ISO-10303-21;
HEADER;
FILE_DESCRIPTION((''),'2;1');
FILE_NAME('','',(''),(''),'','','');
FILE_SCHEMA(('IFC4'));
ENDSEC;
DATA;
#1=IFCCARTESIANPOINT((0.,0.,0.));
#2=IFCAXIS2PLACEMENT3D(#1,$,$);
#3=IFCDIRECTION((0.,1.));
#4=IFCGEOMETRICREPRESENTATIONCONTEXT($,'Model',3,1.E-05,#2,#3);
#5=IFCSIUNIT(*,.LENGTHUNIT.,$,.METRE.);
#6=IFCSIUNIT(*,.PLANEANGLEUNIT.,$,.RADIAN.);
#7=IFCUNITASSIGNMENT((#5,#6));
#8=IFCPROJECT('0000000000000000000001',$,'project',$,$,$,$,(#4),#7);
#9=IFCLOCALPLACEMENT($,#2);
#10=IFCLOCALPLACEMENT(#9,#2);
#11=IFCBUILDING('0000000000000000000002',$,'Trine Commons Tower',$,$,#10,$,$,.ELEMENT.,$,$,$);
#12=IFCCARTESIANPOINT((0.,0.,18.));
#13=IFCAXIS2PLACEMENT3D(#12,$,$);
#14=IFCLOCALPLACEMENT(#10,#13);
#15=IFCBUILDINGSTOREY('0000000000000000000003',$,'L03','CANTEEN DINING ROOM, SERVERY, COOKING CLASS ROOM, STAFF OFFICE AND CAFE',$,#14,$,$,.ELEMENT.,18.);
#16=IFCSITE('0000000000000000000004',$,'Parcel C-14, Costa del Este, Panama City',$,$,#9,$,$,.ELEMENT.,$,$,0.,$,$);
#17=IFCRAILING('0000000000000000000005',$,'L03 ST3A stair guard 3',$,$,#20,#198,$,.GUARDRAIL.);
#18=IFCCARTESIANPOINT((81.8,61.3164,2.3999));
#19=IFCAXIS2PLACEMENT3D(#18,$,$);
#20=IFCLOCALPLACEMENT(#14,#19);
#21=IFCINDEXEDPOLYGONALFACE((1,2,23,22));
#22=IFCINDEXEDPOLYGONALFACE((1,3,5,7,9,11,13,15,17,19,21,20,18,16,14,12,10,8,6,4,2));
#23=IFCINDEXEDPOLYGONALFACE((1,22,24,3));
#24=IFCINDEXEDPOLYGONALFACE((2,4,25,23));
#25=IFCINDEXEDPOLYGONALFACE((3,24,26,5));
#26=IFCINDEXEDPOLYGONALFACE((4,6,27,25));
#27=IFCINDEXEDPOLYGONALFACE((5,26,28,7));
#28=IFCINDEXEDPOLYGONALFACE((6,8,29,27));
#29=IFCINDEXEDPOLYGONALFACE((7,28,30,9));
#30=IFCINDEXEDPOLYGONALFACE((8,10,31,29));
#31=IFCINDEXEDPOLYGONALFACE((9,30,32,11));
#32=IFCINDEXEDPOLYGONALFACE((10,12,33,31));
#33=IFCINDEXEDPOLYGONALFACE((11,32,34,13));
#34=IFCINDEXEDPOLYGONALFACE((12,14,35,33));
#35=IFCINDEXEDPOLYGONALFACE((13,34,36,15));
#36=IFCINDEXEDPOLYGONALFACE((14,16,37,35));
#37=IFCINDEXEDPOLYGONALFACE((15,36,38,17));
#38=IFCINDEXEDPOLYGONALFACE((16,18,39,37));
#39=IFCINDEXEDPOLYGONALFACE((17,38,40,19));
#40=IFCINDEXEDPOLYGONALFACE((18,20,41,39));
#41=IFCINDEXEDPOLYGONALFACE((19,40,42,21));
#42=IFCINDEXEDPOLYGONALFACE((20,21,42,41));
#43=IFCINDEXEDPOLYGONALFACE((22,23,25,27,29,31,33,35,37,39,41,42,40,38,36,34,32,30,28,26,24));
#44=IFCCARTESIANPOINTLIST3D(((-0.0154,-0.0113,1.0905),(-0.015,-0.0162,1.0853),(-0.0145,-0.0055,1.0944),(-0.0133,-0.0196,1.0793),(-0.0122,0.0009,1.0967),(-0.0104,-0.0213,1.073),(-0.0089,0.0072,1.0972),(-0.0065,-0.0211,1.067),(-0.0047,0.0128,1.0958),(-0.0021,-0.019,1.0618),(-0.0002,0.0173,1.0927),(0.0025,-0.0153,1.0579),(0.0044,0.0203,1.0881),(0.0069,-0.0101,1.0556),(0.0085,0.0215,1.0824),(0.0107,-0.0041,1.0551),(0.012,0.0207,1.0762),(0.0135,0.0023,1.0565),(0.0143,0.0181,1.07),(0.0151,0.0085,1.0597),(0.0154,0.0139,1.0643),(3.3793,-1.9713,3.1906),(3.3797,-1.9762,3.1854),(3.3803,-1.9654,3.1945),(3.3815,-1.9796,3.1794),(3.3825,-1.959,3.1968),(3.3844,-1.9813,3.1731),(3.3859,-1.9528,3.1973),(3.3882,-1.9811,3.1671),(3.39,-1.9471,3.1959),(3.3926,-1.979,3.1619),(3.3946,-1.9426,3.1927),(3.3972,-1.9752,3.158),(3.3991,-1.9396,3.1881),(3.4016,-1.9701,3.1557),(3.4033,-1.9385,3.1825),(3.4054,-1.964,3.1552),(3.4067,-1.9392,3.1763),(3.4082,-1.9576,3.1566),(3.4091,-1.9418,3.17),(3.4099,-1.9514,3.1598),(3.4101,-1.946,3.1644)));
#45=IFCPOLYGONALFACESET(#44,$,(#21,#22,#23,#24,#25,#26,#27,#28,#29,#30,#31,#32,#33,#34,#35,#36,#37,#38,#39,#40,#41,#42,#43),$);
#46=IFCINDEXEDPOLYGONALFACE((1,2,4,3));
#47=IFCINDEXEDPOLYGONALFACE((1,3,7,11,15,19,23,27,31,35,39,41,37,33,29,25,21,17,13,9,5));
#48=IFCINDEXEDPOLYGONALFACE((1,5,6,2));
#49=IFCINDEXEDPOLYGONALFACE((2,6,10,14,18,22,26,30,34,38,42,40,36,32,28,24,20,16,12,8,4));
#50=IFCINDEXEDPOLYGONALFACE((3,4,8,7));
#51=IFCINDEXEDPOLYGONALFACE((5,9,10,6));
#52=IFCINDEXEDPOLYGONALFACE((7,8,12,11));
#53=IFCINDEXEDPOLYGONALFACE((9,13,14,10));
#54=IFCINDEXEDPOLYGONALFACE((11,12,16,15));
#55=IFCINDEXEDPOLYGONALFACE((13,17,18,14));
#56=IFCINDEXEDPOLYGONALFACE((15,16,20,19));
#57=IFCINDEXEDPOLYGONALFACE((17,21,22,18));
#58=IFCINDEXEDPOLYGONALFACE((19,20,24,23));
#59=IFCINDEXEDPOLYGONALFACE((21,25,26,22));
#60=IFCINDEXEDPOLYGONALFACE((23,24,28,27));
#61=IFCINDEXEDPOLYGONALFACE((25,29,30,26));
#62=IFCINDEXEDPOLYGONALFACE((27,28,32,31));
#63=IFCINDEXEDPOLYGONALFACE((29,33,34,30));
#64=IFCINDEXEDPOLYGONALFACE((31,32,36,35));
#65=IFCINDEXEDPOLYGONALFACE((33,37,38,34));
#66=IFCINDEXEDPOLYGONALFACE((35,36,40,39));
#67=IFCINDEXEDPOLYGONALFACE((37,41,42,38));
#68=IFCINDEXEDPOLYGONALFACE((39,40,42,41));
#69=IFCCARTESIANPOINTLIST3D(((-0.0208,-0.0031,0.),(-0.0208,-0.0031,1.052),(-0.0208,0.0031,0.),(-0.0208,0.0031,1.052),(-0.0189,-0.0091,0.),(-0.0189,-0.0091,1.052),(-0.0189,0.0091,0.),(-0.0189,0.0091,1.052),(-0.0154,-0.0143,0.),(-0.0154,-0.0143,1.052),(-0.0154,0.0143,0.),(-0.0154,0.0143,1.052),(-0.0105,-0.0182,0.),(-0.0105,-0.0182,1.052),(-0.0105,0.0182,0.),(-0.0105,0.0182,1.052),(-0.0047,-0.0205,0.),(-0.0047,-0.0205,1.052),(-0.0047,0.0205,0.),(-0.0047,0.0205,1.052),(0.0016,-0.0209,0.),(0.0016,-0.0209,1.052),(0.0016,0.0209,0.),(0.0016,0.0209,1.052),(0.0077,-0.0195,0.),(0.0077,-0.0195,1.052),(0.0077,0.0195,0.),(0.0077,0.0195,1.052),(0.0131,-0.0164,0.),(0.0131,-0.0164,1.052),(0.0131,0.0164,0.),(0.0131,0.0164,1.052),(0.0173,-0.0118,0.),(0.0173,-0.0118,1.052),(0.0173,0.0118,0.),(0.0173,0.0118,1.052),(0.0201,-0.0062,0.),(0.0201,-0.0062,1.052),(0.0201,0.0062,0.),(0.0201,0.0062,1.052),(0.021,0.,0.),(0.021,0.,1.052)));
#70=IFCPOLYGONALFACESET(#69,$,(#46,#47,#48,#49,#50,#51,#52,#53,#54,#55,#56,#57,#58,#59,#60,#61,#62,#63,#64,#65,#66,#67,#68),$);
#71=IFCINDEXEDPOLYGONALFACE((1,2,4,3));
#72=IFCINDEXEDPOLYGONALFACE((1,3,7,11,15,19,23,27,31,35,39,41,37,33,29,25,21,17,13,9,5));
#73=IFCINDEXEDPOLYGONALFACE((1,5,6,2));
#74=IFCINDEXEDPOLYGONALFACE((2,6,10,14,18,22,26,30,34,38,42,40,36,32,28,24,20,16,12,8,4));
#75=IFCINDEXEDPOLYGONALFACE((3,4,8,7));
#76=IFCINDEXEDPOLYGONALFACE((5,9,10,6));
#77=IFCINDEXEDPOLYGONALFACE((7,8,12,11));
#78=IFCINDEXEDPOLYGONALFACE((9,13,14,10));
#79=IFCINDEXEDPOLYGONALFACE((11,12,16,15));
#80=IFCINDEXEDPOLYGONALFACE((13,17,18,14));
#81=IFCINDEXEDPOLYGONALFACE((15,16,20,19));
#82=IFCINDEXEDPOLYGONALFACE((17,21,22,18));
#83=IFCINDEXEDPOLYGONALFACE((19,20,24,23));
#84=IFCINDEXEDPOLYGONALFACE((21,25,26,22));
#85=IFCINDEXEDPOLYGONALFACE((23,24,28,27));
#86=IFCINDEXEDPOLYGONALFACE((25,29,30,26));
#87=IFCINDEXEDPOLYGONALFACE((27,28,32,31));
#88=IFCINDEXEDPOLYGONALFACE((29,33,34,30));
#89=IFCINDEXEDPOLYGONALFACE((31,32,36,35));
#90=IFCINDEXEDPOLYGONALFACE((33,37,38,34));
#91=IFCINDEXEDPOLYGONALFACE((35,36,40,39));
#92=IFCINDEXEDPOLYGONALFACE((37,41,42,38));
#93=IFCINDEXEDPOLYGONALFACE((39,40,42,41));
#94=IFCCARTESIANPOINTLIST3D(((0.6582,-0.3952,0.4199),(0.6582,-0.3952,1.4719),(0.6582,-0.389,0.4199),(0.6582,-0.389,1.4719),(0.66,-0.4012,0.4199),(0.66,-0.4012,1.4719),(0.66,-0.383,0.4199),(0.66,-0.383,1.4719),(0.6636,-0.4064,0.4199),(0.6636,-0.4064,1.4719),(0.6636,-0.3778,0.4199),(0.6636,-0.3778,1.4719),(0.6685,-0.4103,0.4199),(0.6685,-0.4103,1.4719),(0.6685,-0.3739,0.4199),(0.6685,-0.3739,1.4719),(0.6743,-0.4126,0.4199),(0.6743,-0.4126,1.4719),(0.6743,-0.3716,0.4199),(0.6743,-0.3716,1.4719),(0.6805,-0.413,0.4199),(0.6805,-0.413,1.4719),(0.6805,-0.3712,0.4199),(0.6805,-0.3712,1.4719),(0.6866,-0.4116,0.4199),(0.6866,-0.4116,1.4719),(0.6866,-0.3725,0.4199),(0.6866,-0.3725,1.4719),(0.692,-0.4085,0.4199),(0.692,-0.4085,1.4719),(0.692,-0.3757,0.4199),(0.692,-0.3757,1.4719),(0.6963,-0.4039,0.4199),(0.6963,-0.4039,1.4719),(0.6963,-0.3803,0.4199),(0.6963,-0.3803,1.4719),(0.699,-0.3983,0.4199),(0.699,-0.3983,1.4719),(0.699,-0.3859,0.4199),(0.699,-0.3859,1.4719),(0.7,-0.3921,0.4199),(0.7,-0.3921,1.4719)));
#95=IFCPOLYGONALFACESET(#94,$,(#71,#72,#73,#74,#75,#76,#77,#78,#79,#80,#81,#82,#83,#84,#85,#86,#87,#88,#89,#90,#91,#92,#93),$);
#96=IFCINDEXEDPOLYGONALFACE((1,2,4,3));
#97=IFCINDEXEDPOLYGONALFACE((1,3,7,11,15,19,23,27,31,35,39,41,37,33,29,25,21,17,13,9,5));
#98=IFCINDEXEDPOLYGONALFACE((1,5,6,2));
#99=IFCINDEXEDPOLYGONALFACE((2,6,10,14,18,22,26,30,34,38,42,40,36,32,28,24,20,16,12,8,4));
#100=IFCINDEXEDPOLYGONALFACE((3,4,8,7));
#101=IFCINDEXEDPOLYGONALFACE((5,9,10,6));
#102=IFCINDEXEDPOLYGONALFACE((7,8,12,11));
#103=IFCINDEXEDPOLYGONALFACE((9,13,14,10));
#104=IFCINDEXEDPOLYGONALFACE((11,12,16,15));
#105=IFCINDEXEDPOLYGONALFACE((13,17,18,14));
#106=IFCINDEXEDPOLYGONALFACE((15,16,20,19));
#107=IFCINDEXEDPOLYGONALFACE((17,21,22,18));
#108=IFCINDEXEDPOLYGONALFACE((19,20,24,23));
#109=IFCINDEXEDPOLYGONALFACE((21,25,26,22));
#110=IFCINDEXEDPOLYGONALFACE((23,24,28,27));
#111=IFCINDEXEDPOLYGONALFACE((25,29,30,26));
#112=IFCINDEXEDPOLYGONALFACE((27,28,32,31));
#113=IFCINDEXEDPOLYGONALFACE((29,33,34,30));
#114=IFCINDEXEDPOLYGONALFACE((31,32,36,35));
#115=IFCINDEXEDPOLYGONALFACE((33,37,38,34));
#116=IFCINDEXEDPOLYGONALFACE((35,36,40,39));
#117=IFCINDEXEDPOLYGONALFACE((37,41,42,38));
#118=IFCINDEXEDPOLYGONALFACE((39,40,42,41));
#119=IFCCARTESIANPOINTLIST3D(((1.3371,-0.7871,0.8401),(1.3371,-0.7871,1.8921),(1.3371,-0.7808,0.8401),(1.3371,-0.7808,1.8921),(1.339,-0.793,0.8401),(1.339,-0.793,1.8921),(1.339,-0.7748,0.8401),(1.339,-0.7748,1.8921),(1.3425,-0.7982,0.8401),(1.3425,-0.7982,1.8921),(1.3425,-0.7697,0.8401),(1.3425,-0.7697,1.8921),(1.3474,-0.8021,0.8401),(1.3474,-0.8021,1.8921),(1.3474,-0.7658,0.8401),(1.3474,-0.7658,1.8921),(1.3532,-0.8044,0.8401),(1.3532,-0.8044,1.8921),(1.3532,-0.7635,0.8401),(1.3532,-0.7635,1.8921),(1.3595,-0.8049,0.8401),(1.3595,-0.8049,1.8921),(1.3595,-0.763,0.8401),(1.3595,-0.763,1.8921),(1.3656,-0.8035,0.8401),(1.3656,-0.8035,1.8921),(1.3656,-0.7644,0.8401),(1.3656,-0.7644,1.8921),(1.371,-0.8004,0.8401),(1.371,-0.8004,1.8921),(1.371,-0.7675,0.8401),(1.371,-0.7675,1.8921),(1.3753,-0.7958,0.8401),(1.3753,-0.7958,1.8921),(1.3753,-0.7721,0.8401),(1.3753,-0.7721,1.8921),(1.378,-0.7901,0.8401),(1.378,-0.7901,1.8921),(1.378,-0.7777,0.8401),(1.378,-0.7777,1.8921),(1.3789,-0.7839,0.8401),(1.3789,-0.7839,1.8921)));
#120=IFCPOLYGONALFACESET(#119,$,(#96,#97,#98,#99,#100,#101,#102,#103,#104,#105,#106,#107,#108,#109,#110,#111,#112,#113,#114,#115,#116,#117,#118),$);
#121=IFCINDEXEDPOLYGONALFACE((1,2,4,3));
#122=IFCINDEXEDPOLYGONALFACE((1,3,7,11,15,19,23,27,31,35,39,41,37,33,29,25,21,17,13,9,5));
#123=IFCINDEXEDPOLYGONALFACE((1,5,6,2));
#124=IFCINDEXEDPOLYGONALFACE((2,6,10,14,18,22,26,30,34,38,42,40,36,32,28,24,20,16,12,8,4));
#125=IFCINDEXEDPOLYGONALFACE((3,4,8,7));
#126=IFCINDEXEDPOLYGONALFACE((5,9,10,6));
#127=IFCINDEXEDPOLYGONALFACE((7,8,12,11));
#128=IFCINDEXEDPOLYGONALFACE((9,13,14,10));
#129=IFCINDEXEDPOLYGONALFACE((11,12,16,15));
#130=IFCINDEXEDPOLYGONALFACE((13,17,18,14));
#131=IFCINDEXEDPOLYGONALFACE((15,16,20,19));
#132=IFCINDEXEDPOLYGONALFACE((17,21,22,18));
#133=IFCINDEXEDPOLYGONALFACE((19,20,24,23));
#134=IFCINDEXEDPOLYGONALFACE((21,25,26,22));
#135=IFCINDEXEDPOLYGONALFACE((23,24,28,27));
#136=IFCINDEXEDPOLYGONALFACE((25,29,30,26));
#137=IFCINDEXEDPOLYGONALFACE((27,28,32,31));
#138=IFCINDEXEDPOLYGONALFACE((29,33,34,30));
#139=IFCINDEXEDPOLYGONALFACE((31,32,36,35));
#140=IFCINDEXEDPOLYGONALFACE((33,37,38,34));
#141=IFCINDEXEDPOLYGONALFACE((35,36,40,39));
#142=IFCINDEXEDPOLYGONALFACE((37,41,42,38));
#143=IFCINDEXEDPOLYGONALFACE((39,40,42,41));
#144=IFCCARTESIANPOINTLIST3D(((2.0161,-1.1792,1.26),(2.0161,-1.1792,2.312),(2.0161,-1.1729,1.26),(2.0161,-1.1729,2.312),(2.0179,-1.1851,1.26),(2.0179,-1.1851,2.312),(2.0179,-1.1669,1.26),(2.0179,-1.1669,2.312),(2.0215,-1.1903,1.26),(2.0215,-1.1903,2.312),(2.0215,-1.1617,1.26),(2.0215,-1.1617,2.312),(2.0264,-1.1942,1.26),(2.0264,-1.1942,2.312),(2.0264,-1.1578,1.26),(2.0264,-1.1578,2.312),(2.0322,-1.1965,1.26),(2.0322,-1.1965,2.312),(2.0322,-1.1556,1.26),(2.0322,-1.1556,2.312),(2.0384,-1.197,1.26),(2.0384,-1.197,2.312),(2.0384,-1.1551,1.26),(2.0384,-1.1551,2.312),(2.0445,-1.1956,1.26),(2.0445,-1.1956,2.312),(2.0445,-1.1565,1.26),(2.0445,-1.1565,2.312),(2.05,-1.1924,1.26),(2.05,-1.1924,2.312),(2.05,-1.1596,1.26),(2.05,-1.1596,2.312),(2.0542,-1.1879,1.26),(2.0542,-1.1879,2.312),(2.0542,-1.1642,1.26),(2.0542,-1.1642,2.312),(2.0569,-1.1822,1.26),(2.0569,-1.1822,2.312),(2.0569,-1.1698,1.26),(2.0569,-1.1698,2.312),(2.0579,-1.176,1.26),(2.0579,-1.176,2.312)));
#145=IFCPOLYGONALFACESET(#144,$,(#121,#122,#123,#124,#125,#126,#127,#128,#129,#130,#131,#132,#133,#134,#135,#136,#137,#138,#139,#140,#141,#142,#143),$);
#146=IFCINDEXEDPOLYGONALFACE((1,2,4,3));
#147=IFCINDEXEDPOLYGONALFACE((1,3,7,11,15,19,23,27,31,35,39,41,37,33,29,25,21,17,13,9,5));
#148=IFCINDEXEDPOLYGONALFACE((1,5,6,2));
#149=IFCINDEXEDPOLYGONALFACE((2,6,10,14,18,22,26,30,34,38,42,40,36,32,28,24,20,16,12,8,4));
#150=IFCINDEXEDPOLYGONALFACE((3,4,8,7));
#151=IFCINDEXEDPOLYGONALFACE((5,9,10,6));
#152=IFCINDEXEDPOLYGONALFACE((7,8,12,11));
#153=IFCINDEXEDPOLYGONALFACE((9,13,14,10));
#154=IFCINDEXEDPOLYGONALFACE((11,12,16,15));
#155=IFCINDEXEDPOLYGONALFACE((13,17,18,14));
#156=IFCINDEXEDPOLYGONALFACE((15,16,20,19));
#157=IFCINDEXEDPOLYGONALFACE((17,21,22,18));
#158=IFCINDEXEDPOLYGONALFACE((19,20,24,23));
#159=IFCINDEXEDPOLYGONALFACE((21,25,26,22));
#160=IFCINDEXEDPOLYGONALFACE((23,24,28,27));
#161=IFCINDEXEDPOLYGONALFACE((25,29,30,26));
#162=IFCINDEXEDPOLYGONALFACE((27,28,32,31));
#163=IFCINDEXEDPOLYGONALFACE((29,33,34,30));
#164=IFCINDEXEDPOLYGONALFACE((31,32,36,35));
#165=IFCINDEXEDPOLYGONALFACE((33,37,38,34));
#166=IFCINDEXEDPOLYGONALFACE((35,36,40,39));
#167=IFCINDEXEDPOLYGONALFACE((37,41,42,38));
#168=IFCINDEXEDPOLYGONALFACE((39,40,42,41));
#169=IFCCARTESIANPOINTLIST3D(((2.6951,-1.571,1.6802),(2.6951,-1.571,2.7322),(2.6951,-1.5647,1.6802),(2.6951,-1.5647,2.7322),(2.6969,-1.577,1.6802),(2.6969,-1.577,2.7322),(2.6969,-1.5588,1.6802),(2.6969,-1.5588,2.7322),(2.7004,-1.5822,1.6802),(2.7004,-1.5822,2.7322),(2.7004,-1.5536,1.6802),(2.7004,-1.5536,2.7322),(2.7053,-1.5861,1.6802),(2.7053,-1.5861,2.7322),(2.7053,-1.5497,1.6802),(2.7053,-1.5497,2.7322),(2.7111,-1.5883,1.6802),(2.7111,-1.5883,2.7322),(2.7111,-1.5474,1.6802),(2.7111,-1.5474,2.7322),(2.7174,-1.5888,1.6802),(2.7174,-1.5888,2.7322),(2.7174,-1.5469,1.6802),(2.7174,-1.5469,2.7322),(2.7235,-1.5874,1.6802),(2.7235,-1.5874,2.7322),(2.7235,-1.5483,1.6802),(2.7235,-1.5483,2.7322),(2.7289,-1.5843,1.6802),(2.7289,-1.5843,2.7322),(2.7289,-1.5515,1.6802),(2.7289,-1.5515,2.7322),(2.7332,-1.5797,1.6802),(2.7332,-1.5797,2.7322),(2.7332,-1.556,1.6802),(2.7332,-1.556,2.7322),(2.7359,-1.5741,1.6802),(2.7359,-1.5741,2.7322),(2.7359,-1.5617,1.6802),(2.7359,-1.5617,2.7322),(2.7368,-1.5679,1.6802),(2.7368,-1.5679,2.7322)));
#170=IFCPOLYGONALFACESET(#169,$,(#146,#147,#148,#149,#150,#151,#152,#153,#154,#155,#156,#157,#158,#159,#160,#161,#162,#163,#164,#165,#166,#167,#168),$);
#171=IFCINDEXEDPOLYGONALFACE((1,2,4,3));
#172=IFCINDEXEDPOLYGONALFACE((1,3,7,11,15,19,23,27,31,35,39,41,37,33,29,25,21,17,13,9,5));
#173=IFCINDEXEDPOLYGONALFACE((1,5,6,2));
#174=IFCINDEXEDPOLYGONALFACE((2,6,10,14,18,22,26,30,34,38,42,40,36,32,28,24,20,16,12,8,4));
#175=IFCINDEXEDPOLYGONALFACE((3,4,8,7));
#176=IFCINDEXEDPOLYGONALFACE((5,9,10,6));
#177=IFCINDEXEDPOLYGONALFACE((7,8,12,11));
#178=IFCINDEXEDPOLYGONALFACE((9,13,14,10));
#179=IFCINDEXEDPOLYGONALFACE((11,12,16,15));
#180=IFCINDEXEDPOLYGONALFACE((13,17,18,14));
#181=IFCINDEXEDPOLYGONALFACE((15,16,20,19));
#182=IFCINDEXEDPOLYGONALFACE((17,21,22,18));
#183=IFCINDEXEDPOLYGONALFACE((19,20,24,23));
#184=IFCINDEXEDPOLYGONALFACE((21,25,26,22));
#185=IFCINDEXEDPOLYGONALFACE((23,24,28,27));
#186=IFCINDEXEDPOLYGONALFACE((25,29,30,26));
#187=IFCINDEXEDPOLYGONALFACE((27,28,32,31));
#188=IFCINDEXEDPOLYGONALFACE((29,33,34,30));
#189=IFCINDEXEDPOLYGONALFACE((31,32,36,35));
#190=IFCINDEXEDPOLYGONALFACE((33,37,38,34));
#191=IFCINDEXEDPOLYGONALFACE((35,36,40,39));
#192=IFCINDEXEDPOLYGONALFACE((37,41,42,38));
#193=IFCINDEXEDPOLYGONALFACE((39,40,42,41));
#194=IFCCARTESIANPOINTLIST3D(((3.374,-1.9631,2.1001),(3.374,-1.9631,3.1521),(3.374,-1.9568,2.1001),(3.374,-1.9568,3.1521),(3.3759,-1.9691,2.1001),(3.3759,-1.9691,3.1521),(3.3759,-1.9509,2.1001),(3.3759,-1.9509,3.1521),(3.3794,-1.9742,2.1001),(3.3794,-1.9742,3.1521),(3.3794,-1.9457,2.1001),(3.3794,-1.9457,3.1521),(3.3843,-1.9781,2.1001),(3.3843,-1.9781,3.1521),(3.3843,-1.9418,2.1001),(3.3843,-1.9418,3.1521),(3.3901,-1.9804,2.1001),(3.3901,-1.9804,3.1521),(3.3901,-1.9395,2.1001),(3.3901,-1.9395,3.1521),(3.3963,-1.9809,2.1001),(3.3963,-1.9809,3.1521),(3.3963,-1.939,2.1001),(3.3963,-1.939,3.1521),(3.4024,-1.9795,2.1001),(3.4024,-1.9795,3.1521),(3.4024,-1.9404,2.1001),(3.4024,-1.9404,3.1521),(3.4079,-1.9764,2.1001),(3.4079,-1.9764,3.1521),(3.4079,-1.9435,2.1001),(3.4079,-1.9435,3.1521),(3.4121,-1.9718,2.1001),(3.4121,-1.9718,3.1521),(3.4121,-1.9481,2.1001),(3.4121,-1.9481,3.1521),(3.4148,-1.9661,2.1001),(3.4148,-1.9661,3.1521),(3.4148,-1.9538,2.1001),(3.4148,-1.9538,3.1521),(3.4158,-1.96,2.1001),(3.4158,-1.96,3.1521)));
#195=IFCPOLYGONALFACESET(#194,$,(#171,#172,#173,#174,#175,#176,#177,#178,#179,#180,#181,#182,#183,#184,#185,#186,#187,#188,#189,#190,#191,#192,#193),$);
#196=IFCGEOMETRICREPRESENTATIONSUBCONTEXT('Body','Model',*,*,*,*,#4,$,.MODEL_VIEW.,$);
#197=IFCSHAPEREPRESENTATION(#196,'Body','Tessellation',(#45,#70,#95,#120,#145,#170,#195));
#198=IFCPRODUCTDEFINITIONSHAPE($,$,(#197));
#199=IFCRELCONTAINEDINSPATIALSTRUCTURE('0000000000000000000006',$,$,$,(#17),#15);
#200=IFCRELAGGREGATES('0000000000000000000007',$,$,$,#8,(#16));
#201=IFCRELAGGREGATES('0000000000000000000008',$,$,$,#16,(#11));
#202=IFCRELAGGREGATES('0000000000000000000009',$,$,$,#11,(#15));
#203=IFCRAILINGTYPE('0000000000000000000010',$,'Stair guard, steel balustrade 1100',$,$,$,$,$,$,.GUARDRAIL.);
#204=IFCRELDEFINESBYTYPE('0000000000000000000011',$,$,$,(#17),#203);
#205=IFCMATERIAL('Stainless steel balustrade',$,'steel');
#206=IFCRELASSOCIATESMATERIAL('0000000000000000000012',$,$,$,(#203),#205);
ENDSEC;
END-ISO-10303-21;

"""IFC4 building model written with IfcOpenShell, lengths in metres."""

from ifc_helpers import new_model, si_unit, direction, frame, origin, origin_2d, place, context, subcontext, project, spatial, circle, extrude, material, type_object, element, save


model = new_model("IFC4")

# Units and contexts
model_context = context("Model", 3, precision=1e-05, world=origin(), true_north=direction((0.0, 1.0)))
body_context = subcontext(model_context, "Body", "Model", "MODEL_VIEW")
ifc_project = project(units=[si_unit("LENGTHUNIT", "METRE"), si_unit("PLANEANGLEUNIT", "RADIAN")], contexts=[model_context])

# Site, building, storey
site_placement = place(None, origin())
site = spatial("IfcSite", under=ifc_project, at=site_placement, Name="Parcel C-14, Costa del Este, Panama City", CompositionType="ELEMENT", RefElevation=0.0)
building_placement = place(site_placement, origin())
building = spatial("IfcBuilding", under=site, at=building_placement, Name="Trine Commons Tower", CompositionType="ELEMENT")
storey_placement = place(building_placement, frame((0.0, 0.0, 18.0)))
storey = spatial("IfcBuildingStorey", under=building, at=storey_placement, Name="L03", Description="CANTEEN DINING ROOM, SERVERY, COOKING CLASS ROOM, STAFF OFFICE AND CAFE", CompositionType="ELEMENT", Elevation=18.0)

# Railing
ifc_material_1 = material(Name="Stainless steel balustrade", Category="steel")
railing_type_1 = type_object("IfcRailingType", Name="Stair guard, steel balustrade 1100", PredefinedType="GUARDRAIL", material=ifc_material_1)
railing_1_placement = place(storey_placement, frame((81.8, 61.3164, 2.3999)))
element("IfcRailing", 1, at=railing_1_placement, inside=storey, type_object=railing_type_1, Name="L03 ST3A stair guard 3", PredefinedType="GUARDRAIL", context=body_context, shape_type="SweptSolid", body=[
    extrude(circle(Radius=0.0239, at=origin_2d()), frame((0.0, 0.0, 1.0762), z_axis=(0.763375, -0.440732, 0.472244), x_axis=(0.499997, 0.866027, 0.0)), (0.0, 0.0, 1.0), 4.447),
    extrude(circle(Radius=0.021, at=origin_2d()), origin(), (0.0, 0.0, 1.0), 1.052),
    extrude(circle(Radius=0.021, at=origin_2d()), frame((0.679, -0.3921, 0.4199)), (0.0, 0.0, 1.0), 1.052),
    extrude(circle(Radius=0.021, at=origin_2d()), frame((1.3579, -0.7839, 0.8401)), (0.0, 0.0, 1.0), 1.052),
    extrude(circle(Radius=0.021, at=origin_2d()), frame((2.0369, -1.176, 1.26)), (0.0, 0.0, 1.0), 1.052),
    extrude(circle(Radius=0.021, at=origin_2d()), frame((2.7158, -1.5679, 1.6802)), (0.0, 0.0, 1.0), 1.052),
    extrude(circle(Radius=0.021, at=origin_2d()), frame((3.3948, -1.96, 2.1001)), (0.0, 0.0, 1.0), 1.052),
])

save(model, "model.ifc")
